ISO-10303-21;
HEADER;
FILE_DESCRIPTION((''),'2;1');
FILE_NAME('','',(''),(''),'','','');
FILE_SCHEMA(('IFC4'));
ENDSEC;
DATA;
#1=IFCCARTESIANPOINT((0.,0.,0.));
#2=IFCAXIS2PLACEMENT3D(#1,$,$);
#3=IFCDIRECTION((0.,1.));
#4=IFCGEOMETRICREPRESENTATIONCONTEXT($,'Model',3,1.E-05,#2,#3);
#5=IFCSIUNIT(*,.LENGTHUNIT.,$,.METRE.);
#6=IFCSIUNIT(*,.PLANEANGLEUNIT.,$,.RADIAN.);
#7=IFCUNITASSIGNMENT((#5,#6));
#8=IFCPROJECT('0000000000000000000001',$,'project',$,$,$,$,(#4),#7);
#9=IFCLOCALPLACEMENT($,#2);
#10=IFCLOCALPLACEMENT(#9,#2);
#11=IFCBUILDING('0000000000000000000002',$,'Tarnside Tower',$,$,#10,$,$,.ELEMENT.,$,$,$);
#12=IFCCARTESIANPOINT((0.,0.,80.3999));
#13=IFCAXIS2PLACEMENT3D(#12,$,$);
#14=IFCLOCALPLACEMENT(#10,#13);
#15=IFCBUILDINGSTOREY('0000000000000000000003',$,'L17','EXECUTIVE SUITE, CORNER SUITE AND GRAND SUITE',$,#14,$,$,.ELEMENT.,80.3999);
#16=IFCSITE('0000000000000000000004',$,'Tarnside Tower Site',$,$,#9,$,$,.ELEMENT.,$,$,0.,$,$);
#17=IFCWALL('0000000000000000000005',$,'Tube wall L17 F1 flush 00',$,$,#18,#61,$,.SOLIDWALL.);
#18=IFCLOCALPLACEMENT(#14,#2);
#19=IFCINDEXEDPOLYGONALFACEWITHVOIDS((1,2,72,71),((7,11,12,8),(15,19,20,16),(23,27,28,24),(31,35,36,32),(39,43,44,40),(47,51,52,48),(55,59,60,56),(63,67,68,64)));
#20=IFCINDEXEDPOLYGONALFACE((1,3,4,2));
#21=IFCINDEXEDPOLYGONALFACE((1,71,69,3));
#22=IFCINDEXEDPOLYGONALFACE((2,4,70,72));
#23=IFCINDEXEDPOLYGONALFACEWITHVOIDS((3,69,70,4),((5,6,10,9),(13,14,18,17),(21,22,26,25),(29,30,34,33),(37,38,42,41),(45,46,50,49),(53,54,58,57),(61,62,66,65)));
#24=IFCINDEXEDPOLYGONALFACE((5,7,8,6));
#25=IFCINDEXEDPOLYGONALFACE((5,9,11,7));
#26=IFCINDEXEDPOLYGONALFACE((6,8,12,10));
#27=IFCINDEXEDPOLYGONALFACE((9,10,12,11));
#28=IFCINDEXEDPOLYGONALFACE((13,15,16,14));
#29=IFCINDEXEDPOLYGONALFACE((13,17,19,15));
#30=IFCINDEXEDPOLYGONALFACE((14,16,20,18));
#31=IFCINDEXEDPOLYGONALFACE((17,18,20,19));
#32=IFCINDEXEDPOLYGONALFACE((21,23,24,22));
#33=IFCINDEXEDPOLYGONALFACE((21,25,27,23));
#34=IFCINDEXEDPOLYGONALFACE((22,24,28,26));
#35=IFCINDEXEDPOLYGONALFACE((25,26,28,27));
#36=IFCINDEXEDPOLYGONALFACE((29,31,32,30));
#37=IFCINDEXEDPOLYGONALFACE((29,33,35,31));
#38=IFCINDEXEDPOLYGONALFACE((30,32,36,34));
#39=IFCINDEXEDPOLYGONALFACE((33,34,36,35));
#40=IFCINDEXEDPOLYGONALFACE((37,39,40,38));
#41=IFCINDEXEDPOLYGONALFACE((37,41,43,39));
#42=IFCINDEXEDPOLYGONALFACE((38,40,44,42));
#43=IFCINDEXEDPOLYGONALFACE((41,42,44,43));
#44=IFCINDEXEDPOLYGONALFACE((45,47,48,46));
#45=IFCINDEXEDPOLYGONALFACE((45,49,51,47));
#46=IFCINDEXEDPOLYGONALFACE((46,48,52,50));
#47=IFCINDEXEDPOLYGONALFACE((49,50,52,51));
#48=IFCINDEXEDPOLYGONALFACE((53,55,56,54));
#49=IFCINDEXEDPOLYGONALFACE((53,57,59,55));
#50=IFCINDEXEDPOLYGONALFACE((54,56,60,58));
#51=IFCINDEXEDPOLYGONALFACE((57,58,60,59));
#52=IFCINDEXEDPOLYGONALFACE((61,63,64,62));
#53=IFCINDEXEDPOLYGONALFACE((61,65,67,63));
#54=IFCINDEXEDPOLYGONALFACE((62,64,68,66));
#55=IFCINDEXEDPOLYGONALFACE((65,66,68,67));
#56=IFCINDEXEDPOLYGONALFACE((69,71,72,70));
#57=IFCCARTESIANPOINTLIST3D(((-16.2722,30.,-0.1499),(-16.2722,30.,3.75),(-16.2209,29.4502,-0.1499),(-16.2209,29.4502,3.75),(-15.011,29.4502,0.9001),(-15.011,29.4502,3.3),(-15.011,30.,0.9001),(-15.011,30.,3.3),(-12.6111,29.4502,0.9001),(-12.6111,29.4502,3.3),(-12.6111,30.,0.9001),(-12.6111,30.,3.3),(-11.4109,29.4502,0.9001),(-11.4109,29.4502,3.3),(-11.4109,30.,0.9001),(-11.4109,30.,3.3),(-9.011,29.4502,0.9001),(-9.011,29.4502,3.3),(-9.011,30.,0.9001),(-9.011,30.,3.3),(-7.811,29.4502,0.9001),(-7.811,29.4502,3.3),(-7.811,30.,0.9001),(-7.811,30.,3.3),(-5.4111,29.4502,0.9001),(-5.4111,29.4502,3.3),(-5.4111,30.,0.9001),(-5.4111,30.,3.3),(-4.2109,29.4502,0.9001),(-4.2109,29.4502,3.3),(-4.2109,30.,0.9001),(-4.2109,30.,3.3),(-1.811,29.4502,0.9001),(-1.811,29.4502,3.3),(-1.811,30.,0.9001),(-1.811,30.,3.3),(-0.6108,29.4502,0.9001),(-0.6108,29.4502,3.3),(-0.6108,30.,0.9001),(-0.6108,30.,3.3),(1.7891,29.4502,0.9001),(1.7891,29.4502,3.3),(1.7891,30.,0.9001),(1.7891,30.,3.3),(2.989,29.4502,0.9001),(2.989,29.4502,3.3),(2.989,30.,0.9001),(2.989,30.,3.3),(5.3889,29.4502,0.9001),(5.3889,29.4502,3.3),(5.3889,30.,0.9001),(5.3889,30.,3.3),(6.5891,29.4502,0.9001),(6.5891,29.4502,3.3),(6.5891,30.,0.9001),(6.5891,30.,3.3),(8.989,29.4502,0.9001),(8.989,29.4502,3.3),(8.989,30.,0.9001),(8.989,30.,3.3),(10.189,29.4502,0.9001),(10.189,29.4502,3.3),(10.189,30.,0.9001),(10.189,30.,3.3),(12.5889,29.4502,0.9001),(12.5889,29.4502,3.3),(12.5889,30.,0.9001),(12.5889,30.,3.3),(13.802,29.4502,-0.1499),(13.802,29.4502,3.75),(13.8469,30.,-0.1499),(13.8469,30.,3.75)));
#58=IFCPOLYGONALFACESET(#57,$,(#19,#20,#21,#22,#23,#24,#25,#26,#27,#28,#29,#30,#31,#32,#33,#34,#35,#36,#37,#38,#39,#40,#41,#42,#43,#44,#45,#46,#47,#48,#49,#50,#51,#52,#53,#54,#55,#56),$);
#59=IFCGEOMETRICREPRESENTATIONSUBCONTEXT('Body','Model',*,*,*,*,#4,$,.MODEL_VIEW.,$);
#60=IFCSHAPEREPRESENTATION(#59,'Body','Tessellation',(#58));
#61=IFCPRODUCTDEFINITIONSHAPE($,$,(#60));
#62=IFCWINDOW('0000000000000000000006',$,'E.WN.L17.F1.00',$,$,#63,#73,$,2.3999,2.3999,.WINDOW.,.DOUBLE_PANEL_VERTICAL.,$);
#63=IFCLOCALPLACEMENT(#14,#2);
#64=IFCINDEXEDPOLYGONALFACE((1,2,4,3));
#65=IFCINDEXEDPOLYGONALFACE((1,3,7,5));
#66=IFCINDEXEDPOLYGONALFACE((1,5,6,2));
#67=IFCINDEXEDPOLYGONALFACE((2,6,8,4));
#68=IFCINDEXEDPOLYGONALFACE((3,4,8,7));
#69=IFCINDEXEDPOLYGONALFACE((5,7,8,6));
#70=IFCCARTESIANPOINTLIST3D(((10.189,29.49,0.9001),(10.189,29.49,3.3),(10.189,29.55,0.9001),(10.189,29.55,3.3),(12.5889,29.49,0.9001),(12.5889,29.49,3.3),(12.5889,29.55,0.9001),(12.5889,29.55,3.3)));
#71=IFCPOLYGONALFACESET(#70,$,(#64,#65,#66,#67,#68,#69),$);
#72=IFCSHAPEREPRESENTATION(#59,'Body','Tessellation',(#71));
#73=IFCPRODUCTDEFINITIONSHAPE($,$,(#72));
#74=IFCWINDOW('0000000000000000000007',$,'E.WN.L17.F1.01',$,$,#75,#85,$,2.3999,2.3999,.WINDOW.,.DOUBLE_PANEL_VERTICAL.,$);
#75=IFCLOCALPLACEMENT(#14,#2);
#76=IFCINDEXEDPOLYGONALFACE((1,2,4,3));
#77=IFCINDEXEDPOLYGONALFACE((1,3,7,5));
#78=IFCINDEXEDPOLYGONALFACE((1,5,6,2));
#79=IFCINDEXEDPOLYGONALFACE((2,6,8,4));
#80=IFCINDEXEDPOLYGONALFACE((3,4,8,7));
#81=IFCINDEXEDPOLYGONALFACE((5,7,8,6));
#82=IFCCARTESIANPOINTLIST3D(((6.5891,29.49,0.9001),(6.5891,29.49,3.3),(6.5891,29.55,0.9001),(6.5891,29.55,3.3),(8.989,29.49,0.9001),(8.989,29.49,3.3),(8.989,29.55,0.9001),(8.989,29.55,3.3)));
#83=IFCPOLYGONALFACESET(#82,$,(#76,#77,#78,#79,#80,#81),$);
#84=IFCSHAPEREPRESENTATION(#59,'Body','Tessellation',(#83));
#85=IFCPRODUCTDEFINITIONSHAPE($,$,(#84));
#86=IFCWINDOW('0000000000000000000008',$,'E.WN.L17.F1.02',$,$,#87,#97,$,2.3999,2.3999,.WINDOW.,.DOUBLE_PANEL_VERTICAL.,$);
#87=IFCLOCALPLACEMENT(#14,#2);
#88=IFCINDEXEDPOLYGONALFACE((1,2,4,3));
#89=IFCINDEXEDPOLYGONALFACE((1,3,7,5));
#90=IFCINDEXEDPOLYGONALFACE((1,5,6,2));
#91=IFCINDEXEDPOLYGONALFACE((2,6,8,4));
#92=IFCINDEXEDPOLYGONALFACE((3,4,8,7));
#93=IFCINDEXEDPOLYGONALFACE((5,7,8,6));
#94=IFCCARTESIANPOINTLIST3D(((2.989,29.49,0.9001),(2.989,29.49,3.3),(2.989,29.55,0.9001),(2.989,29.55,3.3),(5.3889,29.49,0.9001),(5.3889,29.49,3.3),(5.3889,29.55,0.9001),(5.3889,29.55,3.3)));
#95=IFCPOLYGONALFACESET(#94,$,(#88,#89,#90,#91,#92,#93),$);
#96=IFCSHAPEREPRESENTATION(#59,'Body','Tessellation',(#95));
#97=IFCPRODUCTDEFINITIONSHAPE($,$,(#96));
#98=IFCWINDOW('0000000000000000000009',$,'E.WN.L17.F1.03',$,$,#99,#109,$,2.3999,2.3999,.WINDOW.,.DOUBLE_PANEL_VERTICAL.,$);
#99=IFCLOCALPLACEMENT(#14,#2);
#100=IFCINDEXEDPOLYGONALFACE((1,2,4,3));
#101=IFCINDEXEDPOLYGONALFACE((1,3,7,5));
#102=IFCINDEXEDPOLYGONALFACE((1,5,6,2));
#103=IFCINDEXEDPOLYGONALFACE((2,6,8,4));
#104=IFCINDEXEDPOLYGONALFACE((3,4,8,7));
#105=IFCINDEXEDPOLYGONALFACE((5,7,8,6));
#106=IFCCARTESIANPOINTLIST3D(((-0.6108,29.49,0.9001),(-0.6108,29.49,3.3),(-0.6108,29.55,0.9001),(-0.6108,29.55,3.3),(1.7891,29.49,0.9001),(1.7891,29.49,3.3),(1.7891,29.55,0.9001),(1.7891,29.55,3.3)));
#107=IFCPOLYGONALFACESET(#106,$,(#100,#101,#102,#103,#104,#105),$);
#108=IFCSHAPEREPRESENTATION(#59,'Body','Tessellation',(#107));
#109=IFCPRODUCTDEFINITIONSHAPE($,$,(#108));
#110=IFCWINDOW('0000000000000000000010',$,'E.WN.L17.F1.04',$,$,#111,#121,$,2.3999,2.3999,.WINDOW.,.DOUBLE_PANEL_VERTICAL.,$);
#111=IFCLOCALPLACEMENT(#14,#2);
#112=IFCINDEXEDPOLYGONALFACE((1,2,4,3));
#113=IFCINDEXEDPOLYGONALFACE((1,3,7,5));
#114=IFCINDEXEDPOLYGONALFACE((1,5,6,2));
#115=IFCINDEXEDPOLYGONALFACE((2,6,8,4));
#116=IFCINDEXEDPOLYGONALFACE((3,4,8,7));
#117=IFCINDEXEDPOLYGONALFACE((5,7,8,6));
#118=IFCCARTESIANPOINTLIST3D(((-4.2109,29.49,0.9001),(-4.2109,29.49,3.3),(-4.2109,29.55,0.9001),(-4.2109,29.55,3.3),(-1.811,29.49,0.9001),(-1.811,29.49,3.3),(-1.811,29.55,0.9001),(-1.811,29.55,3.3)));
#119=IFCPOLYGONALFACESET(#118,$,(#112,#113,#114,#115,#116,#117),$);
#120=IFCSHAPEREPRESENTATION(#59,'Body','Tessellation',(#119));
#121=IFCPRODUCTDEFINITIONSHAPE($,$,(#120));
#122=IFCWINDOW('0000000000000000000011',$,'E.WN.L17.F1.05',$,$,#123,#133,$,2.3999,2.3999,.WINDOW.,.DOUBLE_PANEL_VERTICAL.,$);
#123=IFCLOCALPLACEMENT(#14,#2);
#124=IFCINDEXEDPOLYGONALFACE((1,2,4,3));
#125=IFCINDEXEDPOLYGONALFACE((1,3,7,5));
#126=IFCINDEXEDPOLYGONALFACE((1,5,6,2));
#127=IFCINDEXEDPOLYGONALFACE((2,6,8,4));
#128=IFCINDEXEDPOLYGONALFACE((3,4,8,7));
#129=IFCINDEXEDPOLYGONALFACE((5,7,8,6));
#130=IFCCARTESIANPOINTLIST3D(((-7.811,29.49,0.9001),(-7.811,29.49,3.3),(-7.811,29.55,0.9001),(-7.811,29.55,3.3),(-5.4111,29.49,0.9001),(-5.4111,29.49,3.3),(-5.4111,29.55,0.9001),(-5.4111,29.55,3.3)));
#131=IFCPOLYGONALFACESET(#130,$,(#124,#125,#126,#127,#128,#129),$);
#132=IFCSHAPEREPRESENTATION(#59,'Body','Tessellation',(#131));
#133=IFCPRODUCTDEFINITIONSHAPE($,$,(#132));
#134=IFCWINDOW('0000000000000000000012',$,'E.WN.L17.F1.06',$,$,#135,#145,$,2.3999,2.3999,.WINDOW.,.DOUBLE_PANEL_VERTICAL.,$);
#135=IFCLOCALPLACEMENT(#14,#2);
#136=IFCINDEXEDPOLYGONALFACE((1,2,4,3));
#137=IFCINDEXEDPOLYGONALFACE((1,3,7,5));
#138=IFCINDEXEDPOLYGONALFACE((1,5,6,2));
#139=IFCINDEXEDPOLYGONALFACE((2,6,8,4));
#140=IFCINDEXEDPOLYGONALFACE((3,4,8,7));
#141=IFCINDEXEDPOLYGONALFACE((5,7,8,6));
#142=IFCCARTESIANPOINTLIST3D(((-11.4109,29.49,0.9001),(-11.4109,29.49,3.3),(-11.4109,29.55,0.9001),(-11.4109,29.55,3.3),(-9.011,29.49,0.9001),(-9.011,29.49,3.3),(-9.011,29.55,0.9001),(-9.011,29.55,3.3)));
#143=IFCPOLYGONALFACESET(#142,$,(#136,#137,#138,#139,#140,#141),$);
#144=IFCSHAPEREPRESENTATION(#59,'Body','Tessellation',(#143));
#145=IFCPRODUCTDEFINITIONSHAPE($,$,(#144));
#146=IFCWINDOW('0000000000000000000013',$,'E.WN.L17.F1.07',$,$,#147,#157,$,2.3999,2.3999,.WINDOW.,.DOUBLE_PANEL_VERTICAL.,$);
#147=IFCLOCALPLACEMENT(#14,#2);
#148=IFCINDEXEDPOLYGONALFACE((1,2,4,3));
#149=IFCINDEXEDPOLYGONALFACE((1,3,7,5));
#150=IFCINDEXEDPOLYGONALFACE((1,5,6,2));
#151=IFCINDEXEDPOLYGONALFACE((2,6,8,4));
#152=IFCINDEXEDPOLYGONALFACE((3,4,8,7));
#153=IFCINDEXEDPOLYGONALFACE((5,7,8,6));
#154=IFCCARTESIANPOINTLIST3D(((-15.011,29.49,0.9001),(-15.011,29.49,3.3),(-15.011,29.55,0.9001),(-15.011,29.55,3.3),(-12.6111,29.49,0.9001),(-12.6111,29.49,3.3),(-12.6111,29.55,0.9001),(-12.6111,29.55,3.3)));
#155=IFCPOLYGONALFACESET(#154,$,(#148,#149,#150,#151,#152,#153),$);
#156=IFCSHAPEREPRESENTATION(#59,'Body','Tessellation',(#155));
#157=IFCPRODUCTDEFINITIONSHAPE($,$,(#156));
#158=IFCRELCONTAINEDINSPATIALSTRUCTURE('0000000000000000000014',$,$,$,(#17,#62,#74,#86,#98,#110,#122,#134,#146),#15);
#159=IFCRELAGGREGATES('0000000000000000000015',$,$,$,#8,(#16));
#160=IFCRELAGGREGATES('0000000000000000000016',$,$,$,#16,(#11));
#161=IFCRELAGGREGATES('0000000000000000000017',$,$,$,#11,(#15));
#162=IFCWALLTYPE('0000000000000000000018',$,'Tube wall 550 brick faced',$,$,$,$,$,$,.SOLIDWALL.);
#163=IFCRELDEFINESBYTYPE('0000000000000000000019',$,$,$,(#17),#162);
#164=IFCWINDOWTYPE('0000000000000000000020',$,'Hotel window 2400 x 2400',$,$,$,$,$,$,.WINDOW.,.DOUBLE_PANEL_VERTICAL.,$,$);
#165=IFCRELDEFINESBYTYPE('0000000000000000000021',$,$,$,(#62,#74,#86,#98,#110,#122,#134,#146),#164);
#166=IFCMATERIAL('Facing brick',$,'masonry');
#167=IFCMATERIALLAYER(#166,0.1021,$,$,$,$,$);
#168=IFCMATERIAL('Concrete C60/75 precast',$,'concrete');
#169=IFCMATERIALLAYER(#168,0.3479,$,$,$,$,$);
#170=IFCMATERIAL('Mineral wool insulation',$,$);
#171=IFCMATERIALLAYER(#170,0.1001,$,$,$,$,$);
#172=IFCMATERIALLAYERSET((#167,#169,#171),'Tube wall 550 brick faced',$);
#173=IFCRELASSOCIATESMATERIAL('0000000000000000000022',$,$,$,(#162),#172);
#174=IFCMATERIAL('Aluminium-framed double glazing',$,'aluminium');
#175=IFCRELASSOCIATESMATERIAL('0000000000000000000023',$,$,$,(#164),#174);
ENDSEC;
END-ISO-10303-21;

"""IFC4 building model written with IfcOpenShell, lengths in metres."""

from ifc_helpers import new_model, si_unit, direction, frame, frame_2d, origin, place, context, subcontext, project, spatial, polyline, rectangle, outline, extrude, material, layer, layer_set, type_object, element, fill, save


model = new_model("IFC4")

# Units and contexts
model_context = context("Model", 3, precision=1e-05, world=origin(), true_north=direction((0.0, 1.0)))
body_context = subcontext(model_context, "Body", "Model", "MODEL_VIEW")
ifc_project = project(units=[si_unit("LENGTHUNIT", "METRE"), si_unit("PLANEANGLEUNIT", "RADIAN")], contexts=[model_context])

# Site, building, storey
site_placement = place(None, origin())
site = spatial("IfcSite", under=ifc_project, at=site_placement, Name="Tarnside Tower Site", CompositionType="ELEMENT", RefElevation=0.0)
building_placement = place(site_placement, origin())
building = spatial("IfcBuilding", under=site, at=building_placement, Name="Tarnside Tower", CompositionType="ELEMENT")
storey_placement = place(building_placement, frame((0.0, 0.0, 80.3999)))
storey = spatial("IfcBuildingStorey", under=building, at=storey_placement, Name="L17", Description="EXECUTIVE SUITE, CORNER SUITE AND GRAND SUITE", CompositionType="ELEMENT", Elevation=80.3999)

# Wall, openings, windows
ifc_material_1 = material(Name="Facing brick", Category="masonry")
ifc_layer_1 = layer(ifc_material_1, 0.1021)
ifc_material_2 = material(Name="Concrete C60/75 precast", Category="concrete")
ifc_layer_2 = layer(ifc_material_2, 0.3479)
ifc_material_3 = material(Name="Mineral wool insulation")
ifc_layer_3 = layer(ifc_material_3, 0.1001)
ifc_layer_set_1 = layer_set([ifc_layer_1, ifc_layer_2, ifc_layer_3], Name="Tube wall 550 brick faced")
wall_type_1 = type_object("IfcWallType", Name="Tube wall 550 brick faced", PredefinedType="SOLIDWALL", material=ifc_layer_set_1)
wall_1_placement = place(storey_placement, frame((13.8245, 29.7251, -0.1499), z_axis=(0.0, 0.0, 1.0), x_axis=(-1.0, 0.0, 0.0)))
wall_1 = element("IfcWall", 1, at=wall_1_placement, inside=storey, type_object=wall_type_1, Name="Tube wall L17 F1 flush 00", PredefinedType="SOLIDWALL", context=body_context, shape_type="SweptSolid", body=[
    extrude(outline(polyline([(-0.0225, -0.2749), (30.0967, -0.2749), (30.0454, 0.2749), (0.0225, 0.2749), (-0.0225, -0.2749)])), origin(), (0.0, 0.0, 1.0), 3.8999),
])
opening_1_placement = place(wall_1_placement, frame((1.2356, 0.0, 1.05)))
opening_1 = element("IfcOpeningElement", 2, at=opening_1_placement, cuts=wall_1, PredefinedType="OPENING", context=body_context, shape_type="SweptSolid", body=[
    extrude(rectangle(XDim=2.3999, YDim=2.3999, at=frame_2d((1.2, 1.2))), frame((0.0, 0.2852, 0.0), z_axis=(0.0, -1.0, 0.0), x_axis=(1.0, 0.0, 0.0)), (0.0, 0.0, 1.0), 0.5701),
])
opening_2_placement = place(wall_1_placement, frame((4.8354, 0.0, 1.05)))
opening_2 = element("IfcOpeningElement", 3, at=opening_2_placement, cuts=wall_1, PredefinedType="OPENING", context=body_context, shape_type="SweptSolid", body=[
    extrude(rectangle(XDim=2.3999, YDim=2.3999, at=frame_2d((1.2, 1.2))), frame((0.0, 0.2852, 0.0), z_axis=(0.0, -1.0, 0.0), x_axis=(1.0, 0.0, 0.0)), (0.0, 0.0, 1.0), 0.5701),
])
opening_3_placement = place(wall_1_placement, frame((8.4355, 0.0, 1.05)))
opening_3 = element("IfcOpeningElement", 4, at=opening_3_placement, cuts=wall_1, PredefinedType="OPENING", context=body_context, shape_type="SweptSolid", body=[
    extrude(rectangle(XDim=2.3999, YDim=2.3999, at=frame_2d((1.2, 1.2))), frame((0.0, 0.2852, 0.0), z_axis=(0.0, -1.0, 0.0), x_axis=(1.0, 0.0, 0.0)), (0.0, 0.0, 1.0), 0.5701),
])
opening_4_placement = place(wall_1_placement, frame((12.0354, 0.0, 1.05)))
opening_4 = element("IfcOpeningElement", 5, at=opening_4_placement, cuts=wall_1, PredefinedType="OPENING", context=body_context, shape_type="SweptSolid", body=[
    extrude(rectangle(XDim=2.3999, YDim=2.3999, at=frame_2d((1.2, 1.2))), frame((0.0, 0.2852, 0.0), z_axis=(0.0, -1.0, 0.0), x_axis=(1.0, 0.0, 0.0)), (0.0, 0.0, 1.0), 0.5701),
])
opening_5_placement = place(wall_1_placement, frame((15.6355, 0.0, 1.05)))
opening_5 = element("IfcOpeningElement", 6, at=opening_5_placement, cuts=wall_1, PredefinedType="OPENING", context=body_context, shape_type="SweptSolid", body=[
    extrude(rectangle(XDim=2.3999, YDim=2.3999, at=frame_2d((1.2, 1.2))), frame((0.0, 0.2852, 0.0), z_axis=(0.0, -1.0, 0.0), x_axis=(1.0, 0.0, 0.0)), (0.0, 0.0, 1.0), 0.5701),
])
opening_6_placement = place(wall_1_placement, frame((19.2356, 0.0, 1.05)))
opening_6 = element("IfcOpeningElement", 7, at=opening_6_placement, cuts=wall_1, PredefinedType="OPENING", context=body_context, shape_type="SweptSolid", body=[
    extrude(rectangle(XDim=2.3999, YDim=2.3999, at=frame_2d((1.2, 1.2))), frame((0.0, 0.2852, 0.0), z_axis=(0.0, -1.0, 0.0), x_axis=(1.0, 0.0, 0.0)), (0.0, 0.0, 1.0), 0.5701),
])
opening_7_placement = place(wall_1_placement, frame((22.8354, 0.0, 1.05)))
opening_7 = element("IfcOpeningElement", 8, at=opening_7_placement, cuts=wall_1, PredefinedType="OPENING", context=body_context, shape_type="SweptSolid", body=[
    extrude(rectangle(XDim=2.3999, YDim=2.3999, at=frame_2d((1.2, 1.2))), frame((0.0, 0.2852, 0.0), z_axis=(0.0, -1.0, 0.0), x_axis=(1.0, 0.0, 0.0)), (0.0, 0.0, 1.0), 0.5701),
])
opening_8_placement = place(wall_1_placement, frame((26.4355, 0.0, 1.05)))
opening_8 = element("IfcOpeningElement", 9, at=opening_8_placement, cuts=wall_1, PredefinedType="OPENING", context=body_context, shape_type="SweptSolid", body=[
    extrude(rectangle(XDim=2.3999, YDim=2.3999, at=frame_2d((1.2, 1.2))), frame((0.0, 0.2852, 0.0), z_axis=(0.0, -1.0, 0.0), x_axis=(1.0, 0.0, 0.0)), (0.0, 0.0, 1.0), 0.5701),
])
ifc_material_4 = material(Name="Aluminium-framed double glazing", Category="aluminium")
window_type = type_object("IfcWindowType", Name="Hotel window 2400 x 2400", PartitioningType="DOUBLE_PANEL_VERTICAL", PredefinedType="WINDOW", material=ifc_material_4)
window_1_placement = place(opening_1_placement, frame((0.0, 0.2051, 0.0)))
window_1 = element("IfcWindow", 10, at=window_1_placement, inside=storey, type_object=window_type, Name="E.WN.L17.F1.00", OverallHeight=2.3999, OverallWidth=2.3999, PartitioningType="DOUBLE_PANEL_VERTICAL", PredefinedType="WINDOW", context=body_context, shape_type="SweptSolid", body=[
    extrude(rectangle(XDim=2.3999, YDim=2.3999, at=frame_2d((1.2, 1.2))), frame((0.0, 0.03, 0.0), z_axis=(0.0, -1.0, 0.0), x_axis=(1.0, 0.0, 0.0)), (0.0, 0.0, 1.0), 0.0601),
])
fill(opening_1, window_1)
window_2_placement = place(opening_2_placement, frame((0.0, 0.2051, 0.0)))
window_2 = element("IfcWindow", 11, at=window_2_placement, inside=storey, type_object=window_type, Name="E.WN.L17.F1.01", OverallHeight=2.3999, OverallWidth=2.3999, PartitioningType="DOUBLE_PANEL_VERTICAL", PredefinedType="WINDOW", context=body_context, shape_type="SweptSolid", body=[
    extrude(rectangle(XDim=2.3999, YDim=2.3999, at=frame_2d((1.2, 1.2))), frame((0.0, 0.03, 0.0), z_axis=(0.0, -1.0, 0.0), x_axis=(1.0, 0.0, 0.0)), (0.0, 0.0, 1.0), 0.0601),
])
fill(opening_2, window_2)
window_3_placement = place(opening_3_placement, frame((0.0, 0.2051, 0.0)))
window_3 = element("IfcWindow", 12, at=window_3_placement, inside=storey, type_object=window_type, Name="E.WN.L17.F1.02", OverallHeight=2.3999, OverallWidth=2.3999, PartitioningType="DOUBLE_PANEL_VERTICAL", PredefinedType="WINDOW", context=body_context, shape_type="SweptSolid", body=[
    extrude(rectangle(XDim=2.3999, YDim=2.3999, at=frame_2d((1.2, 1.2))), frame((0.0, 0.03, 0.0), z_axis=(0.0, -1.0, 0.0), x_axis=(1.0, 0.0, 0.0)), (0.0, 0.0, 1.0), 0.0601),
])
fill(opening_3, window_3)
window_4_placement = place(opening_4_placement, frame((0.0, 0.2051, 0.0)))
window_4 = element("IfcWindow", 13, at=window_4_placement, inside=storey, type_object=window_type, Name="E.WN.L17.F1.03", OverallHeight=2.3999, OverallWidth=2.3999, PartitioningType="DOUBLE_PANEL_VERTICAL", PredefinedType="WINDOW", context=body_context, shape_type="SweptSolid", body=[
    extrude(rectangle(XDim=2.3999, YDim=2.3999, at=frame_2d((1.2, 1.2))), frame((0.0, 0.03, 0.0), z_axis=(0.0, -1.0, 0.0), x_axis=(1.0, 0.0, 0.0)), (0.0, 0.0, 1.0), 0.0601),
])
fill(opening_4, window_4)
window_5_placement = place(opening_5_placement, frame((0.0, 0.2051, 0.0)))
window_5 = element("IfcWindow", 14, at=window_5_placement, inside=storey, type_object=window_type, Name="E.WN.L17.F1.04", OverallHeight=2.3999, OverallWidth=2.3999, PartitioningType="DOUBLE_PANEL_VERTICAL", PredefinedType="WINDOW", context=body_context, shape_type="SweptSolid", body=[
    extrude(rectangle(XDim=2.3999, YDim=2.3999, at=frame_2d((1.2, 1.2))), frame((0.0, 0.03, 0.0), z_axis=(0.0, -1.0, 0.0), x_axis=(1.0, 0.0, 0.0)), (0.0, 0.0, 1.0), 0.0601),
])
fill(opening_5, window_5)
window_6_placement = place(opening_6_placement, frame((0.0, 0.2051, 0.0)))
window_6 = element("IfcWindow", 15, at=window_6_placement, inside=storey, type_object=window_type, Name="E.WN.L17.F1.05", OverallHeight=2.3999, OverallWidth=2.3999, PartitioningType="DOUBLE_PANEL_VERTICAL", PredefinedType="WINDOW", context=body_context, shape_type="SweptSolid", body=[
    extrude(rectangle(XDim=2.3999, YDim=2.3999, at=frame_2d((1.2, 1.2))), frame((0.0, 0.03, 0.0), z_axis=(0.0, -1.0, 0.0), x_axis=(1.0, 0.0, 0.0)), (0.0, 0.0, 1.0), 0.0601),
])
fill(opening_6, window_6)
window_7_placement = place(opening_7_placement, frame((0.0, 0.2051, 0.0)))
window_7 = element("IfcWindow", 16, at=window_7_placement, inside=storey, type_object=window_type, Name="E.WN.L17.F1.06", OverallHeight=2.3999, OverallWidth=2.3999, PartitioningType="DOUBLE_PANEL_VERTICAL", PredefinedType="WINDOW", context=body_context, shape_type="SweptSolid", body=[
    extrude(rectangle(XDim=2.3999, YDim=2.3999, at=frame_2d((1.2, 1.2))), frame((0.0, 0.03, 0.0), z_axis=(0.0, -1.0, 0.0), x_axis=(1.0, 0.0, 0.0)), (0.0, 0.0, 1.0), 0.0601),
])
fill(opening_7, window_7)
window_8_placement = place(opening_8_placement, frame((0.0, 0.2051, 0.0)))
window_8 = element("IfcWindow", 17, at=window_8_placement, inside=storey, type_object=window_type, Name="E.WN.L17.F1.07", OverallHeight=2.3999, OverallWidth=2.3999, PartitioningType="DOUBLE_PANEL_VERTICAL", PredefinedType="WINDOW", context=body_context, shape_type="SweptSolid", body=[
    extrude(rectangle(XDim=2.3999, YDim=2.3999, at=frame_2d((1.2, 1.2))), frame((0.0, 0.03, 0.0), z_axis=(0.0, -1.0, 0.0), x_axis=(1.0, 0.0, 0.0)), (0.0, 0.0, 1.0), 0.0601),
])
fill(opening_8, window_8)

save(model, "model.ifc")
